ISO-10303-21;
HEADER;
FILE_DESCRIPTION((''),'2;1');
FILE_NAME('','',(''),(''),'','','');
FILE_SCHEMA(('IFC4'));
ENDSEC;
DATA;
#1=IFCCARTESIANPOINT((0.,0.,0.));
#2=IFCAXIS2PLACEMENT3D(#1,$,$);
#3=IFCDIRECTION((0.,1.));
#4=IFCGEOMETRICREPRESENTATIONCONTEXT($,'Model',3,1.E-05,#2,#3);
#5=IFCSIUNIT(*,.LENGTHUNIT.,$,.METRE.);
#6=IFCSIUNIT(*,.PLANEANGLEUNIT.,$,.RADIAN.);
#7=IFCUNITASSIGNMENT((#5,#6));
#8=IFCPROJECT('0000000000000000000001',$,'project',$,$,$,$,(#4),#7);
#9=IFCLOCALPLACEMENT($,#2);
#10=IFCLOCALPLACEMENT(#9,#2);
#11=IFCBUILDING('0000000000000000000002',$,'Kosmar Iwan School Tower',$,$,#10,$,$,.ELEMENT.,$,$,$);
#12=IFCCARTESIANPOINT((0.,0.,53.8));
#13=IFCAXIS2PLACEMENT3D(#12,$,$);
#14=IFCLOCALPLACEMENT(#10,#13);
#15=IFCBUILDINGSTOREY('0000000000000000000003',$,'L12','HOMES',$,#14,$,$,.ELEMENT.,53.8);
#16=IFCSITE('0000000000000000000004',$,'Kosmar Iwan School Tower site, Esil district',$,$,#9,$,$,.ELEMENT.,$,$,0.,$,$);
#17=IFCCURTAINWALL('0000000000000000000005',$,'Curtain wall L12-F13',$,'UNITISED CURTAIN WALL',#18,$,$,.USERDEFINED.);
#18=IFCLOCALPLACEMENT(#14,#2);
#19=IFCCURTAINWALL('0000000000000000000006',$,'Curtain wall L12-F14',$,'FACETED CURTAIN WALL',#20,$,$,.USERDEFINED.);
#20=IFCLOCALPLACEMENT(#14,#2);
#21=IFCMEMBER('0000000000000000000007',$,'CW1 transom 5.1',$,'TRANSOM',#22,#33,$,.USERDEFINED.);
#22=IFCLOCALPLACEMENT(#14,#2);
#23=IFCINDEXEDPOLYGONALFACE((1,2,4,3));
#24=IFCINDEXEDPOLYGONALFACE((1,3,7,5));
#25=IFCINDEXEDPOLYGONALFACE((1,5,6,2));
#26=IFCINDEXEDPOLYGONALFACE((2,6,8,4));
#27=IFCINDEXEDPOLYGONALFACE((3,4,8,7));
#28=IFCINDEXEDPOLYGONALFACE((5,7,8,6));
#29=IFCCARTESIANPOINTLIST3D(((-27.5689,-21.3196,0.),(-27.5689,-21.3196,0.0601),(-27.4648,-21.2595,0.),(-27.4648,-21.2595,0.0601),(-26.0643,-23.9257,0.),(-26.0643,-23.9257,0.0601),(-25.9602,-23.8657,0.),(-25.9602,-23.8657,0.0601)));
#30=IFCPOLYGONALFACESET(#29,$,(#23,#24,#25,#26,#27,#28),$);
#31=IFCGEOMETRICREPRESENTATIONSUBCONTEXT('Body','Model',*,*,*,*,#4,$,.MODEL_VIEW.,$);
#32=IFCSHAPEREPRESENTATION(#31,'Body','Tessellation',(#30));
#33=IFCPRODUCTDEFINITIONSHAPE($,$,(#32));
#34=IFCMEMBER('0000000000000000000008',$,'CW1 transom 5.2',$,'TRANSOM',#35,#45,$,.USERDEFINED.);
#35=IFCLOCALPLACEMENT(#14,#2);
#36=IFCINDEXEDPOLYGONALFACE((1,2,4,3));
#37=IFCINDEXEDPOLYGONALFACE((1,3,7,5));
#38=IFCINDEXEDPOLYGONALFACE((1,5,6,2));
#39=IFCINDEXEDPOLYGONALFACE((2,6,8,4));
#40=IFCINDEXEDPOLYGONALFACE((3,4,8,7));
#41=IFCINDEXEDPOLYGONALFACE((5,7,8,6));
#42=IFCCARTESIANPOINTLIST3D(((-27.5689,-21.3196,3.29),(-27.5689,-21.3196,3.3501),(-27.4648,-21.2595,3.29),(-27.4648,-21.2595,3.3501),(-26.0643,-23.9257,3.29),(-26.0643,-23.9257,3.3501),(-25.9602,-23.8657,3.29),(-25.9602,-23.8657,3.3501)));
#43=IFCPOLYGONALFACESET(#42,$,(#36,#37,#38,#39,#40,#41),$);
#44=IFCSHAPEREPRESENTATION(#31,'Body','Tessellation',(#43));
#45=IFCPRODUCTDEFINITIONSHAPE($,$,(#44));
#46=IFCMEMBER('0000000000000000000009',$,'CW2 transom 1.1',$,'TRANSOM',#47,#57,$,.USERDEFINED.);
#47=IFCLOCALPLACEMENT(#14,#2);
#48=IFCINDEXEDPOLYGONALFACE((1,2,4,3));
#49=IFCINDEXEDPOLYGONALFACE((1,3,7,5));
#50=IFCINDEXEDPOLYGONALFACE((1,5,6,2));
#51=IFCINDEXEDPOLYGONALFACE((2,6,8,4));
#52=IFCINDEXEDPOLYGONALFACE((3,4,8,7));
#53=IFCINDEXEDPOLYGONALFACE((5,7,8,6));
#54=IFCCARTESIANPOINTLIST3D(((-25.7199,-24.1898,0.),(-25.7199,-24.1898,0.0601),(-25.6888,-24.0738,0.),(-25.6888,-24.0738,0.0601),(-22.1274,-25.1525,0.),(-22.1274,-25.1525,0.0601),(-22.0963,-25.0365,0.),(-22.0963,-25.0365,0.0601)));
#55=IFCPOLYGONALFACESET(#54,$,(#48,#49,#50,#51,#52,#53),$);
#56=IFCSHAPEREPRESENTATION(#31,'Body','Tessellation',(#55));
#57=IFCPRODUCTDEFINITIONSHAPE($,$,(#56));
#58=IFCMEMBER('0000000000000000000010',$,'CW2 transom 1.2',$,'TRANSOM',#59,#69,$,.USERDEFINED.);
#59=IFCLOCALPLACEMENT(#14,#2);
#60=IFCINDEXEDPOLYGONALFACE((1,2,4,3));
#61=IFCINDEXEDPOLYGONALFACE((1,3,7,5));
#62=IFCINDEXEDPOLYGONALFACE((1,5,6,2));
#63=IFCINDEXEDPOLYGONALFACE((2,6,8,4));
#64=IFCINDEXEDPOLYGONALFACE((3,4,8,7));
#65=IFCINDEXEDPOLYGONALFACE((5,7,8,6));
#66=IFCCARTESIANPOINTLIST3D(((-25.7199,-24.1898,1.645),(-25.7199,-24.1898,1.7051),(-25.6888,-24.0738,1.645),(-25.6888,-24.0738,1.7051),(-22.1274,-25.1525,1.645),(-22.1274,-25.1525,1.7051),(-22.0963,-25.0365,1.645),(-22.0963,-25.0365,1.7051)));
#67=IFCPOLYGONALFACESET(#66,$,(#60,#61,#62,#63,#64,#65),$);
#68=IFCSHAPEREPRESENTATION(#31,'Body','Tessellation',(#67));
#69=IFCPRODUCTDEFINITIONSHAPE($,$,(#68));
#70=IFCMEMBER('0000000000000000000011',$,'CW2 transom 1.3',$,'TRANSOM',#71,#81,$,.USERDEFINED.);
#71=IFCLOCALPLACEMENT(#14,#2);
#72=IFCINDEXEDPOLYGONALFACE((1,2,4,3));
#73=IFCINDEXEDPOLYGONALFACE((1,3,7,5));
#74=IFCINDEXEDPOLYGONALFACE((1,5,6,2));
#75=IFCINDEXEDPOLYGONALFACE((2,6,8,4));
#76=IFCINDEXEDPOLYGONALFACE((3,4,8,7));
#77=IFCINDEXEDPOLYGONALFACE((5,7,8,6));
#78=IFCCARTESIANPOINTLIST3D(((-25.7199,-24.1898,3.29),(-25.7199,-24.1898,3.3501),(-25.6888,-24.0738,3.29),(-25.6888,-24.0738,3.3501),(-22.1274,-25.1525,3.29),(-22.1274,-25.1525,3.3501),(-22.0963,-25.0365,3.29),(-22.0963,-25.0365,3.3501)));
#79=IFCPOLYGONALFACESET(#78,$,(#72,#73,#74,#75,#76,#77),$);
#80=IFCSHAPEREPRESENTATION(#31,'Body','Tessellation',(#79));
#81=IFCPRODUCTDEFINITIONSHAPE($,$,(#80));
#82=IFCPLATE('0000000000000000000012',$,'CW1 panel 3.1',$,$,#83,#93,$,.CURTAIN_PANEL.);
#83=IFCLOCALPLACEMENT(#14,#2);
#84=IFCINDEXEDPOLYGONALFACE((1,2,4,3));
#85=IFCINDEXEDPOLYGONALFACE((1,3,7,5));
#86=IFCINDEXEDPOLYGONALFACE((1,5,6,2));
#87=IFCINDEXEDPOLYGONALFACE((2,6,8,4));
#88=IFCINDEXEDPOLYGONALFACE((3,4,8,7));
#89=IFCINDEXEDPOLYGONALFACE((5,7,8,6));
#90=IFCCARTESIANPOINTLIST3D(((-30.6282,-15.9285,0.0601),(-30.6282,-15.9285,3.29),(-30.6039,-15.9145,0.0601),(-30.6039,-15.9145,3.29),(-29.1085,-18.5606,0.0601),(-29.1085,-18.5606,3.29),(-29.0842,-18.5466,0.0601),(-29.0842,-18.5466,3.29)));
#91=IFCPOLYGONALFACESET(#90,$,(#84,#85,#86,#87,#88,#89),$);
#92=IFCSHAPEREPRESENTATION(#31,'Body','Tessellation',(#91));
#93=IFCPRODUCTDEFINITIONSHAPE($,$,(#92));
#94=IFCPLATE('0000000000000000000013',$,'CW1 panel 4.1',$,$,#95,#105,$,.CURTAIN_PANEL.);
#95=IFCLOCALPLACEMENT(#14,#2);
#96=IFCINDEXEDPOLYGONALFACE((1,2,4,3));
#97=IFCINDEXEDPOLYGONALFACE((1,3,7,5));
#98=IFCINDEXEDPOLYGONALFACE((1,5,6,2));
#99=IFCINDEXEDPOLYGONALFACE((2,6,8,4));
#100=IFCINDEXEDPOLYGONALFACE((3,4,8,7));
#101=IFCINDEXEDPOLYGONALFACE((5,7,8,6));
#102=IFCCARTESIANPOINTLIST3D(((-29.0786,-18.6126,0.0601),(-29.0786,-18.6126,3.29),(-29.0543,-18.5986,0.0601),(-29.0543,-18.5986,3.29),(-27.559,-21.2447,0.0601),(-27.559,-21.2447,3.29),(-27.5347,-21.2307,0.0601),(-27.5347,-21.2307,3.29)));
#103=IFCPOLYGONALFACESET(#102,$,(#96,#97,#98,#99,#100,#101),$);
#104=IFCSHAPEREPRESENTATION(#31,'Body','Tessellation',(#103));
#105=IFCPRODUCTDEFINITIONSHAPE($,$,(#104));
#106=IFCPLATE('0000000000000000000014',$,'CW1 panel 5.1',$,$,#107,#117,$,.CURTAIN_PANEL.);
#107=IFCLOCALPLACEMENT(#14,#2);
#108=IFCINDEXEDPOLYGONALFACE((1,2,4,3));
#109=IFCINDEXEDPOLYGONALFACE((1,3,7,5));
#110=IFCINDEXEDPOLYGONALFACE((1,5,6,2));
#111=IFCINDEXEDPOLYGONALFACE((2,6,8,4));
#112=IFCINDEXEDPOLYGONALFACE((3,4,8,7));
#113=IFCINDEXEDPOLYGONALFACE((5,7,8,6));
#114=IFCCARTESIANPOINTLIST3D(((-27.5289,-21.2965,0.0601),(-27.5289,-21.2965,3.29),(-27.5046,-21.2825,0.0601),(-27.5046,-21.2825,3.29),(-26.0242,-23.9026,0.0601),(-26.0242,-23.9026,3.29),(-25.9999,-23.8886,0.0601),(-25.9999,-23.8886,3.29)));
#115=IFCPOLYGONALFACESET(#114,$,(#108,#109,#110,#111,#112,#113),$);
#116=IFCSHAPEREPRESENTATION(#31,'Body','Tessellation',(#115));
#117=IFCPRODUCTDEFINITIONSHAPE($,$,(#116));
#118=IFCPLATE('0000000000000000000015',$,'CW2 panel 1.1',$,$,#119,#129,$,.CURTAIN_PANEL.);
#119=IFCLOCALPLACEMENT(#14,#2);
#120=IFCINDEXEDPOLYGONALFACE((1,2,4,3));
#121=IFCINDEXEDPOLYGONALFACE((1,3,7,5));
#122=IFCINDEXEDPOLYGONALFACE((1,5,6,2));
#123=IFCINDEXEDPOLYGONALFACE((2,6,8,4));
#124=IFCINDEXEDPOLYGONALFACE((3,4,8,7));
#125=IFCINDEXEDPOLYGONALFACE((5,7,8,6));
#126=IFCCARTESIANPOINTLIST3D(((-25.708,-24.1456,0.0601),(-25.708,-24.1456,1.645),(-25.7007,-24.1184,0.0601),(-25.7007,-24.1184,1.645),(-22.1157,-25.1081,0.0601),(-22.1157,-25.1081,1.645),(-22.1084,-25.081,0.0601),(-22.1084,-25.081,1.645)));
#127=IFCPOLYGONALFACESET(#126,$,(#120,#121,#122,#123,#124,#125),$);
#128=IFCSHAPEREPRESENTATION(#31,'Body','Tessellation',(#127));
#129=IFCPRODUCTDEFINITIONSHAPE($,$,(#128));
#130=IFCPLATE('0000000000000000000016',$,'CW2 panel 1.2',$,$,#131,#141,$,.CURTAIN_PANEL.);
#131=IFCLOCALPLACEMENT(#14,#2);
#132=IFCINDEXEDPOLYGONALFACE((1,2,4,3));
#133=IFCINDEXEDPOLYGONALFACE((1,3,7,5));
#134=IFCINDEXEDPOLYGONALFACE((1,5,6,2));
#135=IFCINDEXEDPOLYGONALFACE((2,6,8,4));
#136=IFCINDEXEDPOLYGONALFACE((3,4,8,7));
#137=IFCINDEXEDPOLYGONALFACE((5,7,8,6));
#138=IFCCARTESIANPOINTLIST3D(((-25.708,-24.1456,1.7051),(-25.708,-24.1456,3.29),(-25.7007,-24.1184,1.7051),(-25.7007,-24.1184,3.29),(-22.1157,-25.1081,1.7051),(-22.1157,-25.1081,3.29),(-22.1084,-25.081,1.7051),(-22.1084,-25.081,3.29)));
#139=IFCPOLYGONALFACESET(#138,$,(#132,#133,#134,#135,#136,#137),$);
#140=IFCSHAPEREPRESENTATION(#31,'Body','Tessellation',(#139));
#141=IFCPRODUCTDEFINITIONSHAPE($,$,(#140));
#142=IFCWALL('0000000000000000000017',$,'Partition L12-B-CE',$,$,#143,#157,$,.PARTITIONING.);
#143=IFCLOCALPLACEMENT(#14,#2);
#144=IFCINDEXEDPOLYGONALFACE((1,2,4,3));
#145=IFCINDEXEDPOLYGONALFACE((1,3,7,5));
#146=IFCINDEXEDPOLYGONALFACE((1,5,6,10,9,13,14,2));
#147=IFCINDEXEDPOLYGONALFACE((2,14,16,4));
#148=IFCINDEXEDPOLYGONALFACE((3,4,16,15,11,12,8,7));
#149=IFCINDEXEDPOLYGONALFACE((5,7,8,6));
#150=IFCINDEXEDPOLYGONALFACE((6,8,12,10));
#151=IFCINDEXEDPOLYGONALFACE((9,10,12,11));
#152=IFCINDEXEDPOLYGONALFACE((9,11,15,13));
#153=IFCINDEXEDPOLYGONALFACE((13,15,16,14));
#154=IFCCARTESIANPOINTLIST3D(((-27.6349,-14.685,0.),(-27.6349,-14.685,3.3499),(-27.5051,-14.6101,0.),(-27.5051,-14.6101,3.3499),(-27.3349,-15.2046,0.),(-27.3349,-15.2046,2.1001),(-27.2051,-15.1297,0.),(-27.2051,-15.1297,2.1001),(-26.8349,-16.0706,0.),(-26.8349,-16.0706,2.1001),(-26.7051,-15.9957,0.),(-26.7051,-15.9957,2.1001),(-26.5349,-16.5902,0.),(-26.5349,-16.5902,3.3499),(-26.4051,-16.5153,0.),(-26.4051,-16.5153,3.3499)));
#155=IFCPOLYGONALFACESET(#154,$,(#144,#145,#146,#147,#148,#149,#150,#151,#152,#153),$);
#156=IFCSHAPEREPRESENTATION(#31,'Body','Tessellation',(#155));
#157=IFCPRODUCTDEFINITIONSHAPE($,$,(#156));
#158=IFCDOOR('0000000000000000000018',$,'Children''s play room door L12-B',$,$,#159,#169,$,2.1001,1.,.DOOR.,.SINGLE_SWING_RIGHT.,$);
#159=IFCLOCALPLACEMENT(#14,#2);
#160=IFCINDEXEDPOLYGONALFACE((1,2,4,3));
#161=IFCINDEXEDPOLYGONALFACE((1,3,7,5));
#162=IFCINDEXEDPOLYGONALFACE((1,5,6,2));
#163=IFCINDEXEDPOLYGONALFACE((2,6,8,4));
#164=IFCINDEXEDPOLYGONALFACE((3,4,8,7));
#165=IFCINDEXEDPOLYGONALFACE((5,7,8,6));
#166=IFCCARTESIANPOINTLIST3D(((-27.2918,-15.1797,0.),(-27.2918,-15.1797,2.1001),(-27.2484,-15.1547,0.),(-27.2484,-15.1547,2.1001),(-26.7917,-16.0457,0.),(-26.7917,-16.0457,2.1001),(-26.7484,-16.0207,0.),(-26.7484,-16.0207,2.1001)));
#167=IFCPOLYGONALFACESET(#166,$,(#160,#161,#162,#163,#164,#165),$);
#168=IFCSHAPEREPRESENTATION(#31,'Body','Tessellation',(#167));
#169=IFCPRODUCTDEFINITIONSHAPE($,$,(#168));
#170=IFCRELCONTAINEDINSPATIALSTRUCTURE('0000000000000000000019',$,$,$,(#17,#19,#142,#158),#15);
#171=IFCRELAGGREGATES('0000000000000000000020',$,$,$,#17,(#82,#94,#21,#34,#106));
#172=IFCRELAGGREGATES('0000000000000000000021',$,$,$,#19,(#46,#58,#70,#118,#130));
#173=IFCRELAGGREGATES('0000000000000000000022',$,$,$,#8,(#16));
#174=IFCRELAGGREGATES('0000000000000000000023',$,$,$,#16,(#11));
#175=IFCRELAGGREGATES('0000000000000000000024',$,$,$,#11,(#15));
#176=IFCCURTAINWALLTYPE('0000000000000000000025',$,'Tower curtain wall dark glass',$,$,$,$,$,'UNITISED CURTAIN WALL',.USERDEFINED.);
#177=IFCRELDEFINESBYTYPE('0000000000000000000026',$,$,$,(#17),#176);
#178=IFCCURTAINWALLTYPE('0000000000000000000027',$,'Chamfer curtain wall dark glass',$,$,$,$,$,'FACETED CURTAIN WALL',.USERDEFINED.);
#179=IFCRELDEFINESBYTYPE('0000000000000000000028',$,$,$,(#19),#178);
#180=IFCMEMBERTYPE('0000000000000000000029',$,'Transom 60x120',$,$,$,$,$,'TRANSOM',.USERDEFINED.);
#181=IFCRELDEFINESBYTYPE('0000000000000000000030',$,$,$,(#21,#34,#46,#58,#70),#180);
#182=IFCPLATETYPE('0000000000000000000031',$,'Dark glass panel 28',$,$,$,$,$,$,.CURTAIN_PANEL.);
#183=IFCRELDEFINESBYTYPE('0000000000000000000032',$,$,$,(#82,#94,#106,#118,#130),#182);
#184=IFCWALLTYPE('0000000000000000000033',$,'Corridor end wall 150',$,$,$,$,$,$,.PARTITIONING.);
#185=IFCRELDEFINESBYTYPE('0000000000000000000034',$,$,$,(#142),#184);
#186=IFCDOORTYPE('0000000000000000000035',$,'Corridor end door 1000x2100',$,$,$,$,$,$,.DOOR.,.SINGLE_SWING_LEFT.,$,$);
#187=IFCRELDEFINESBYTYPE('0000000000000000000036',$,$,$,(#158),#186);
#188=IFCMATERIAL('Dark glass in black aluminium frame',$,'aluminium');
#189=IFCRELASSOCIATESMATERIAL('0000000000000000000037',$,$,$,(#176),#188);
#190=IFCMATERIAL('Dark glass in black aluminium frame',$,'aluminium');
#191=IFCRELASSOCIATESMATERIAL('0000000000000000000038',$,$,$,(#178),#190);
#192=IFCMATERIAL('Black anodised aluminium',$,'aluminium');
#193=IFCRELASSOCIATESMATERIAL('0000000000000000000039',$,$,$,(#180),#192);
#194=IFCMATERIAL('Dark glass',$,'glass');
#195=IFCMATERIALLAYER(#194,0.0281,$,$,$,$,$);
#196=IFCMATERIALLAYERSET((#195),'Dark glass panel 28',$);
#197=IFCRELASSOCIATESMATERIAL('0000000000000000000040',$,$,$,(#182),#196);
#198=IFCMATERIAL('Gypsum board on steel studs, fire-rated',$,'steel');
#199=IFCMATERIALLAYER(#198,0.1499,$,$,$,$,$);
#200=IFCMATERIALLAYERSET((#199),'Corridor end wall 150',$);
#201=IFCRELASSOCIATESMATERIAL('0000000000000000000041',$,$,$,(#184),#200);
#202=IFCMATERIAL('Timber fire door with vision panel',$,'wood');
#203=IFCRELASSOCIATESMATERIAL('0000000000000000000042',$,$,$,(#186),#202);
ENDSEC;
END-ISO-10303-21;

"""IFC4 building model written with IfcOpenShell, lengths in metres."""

from ifc_helpers import new_model, si_unit, direction, frame, frame_2d, origin, origin_2d, place, context, subcontext, project, spatial, rectangle, extrude, material, layer, layer_set, material_profile, profile_set, type_object, element, fill, aggregate, save


model = new_model("IFC4")

# Units and contexts
model_context = context("Model", 3, precision=1e-05, world=origin(), true_north=direction((0.0, 1.0)))
body_context = subcontext(model_context, "Body", "Model", "MODEL_VIEW")
ifc_project = project(units=[si_unit("LENGTHUNIT", "METRE"), si_unit("PLANEANGLEUNIT", "RADIAN")], contexts=[model_context])

# Site, building, storey
site_placement = place(None, origin())
site = spatial("IfcSite", under=ifc_project, at=site_placement, Name="Kosmar Iwan School Tower site, Esil district", CompositionType="ELEMENT", RefElevation=0.0)
building_placement = place(site_placement, origin())
building = spatial("IfcBuilding", under=site, at=building_placement, Name="Kosmar Iwan School Tower", CompositionType="ELEMENT")
storey_placement = place(building_placement, frame((0.0, 0.0, 53.8)))
storey = spatial("IfcBuildingStorey", under=building, at=storey_placement, Name="L12", Description="HOMES", CompositionType="ELEMENT", Elevation=53.8)

# Curtain wall
ifc_material_1 = material(Name="Dark glass in black aluminium frame", Category="aluminium")
curtain_wall_type_1 = type_object("IfcCurtainWallType", Name="Tower curtain wall dark glass", ElementType="UNITISED CURTAIN WALL", PredefinedType="USERDEFINED", material=ifc_material_1)
curtain_wall_1_placement = place(storey_placement, origin())
curtain_wall_1 = element("IfcCurtainWall", 1, at=curtain_wall_1_placement, inside=storey, type_object=curtain_wall_type_1, Name="Curtain wall L12-F13", ObjectType="UNITISED CURTAIN WALL", PredefinedType="USERDEFINED")

# Curtain wall
ifc_material_2 = material(Name="Dark glass in black aluminium frame", Category="aluminium")
curtain_wall_type_2 = type_object("IfcCurtainWallType", Name="Chamfer curtain wall dark glass", ElementType="FACETED CURTAIN WALL", PredefinedType="USERDEFINED", material=ifc_material_2)
curtain_wall_2_placement = place(storey_placement, origin())
curtain_wall_2 = element("IfcCurtainWall", 2, at=curtain_wall_2_placement, inside=storey, type_object=curtain_wall_type_2, Name="Curtain wall L12-F14", ObjectType="FACETED CURTAIN WALL", PredefinedType="USERDEFINED")

# Members
ifc_material_3 = material(Name="Black anodised aluminium", Category="aluminium")
ifc_material_profile_1 = material_profile(ifc_material_3, rectangle(XDim=0.1201, YDim=0.0601, at=origin_2d()), Name="TRANSOM 60x120")
ifc_profile_set_1 = profile_set([ifc_material_profile_1], Name="Black anodised aluminium")
member_type_1 = type_object("IfcMemberType", Name="Transom 60x120", ElementType="TRANSOM", PredefinedType="USERDEFINED", material=ifc_profile_set_1)
member_1_placement = place(storey_placement, frame((-27.5168, -21.2896, 0.03), z_axis=(0.499987, -0.866033, 0.0), x_axis=(0.866033, 0.499987, 0.0)))
member_1 = element("IfcMember", 3, at=member_1_placement, type_object=member_type_1, Name="CW1 transom 5.1", ObjectType="TRANSOM", PredefinedType="USERDEFINED", context=body_context, shape_type="SweptSolid", body=[
    extrude(rectangle(XDim=0.1201, YDim=0.0601, at=origin_2d()), origin(), (0.0, 0.0, 1.0), 3.0093),
])
member_2_placement = place(storey_placement, frame((-27.5168, -21.2896, 3.3201), z_axis=(0.499987, -0.866033, 0.0), x_axis=(0.866033, 0.499987, 0.0)))
member_2 = element("IfcMember", 4, at=member_2_placement, type_object=member_type_1, Name="CW1 transom 5.2", ObjectType="TRANSOM", PredefinedType="USERDEFINED", context=body_context, shape_type="SweptSolid", body=[
    extrude(rectangle(XDim=0.1201, YDim=0.0601, at=origin_2d()), origin(), (0.0, 0.0, 1.0), 3.0093),
])
member_3_placement = place(storey_placement, frame((-25.7043, -24.1318, 0.03), z_axis=(0.965924, -0.258827, 0.0), x_axis=(0.258827, 0.965924, 0.0)))
member_3 = element("IfcMember", 5, at=member_3_placement, type_object=member_type_1, Name="CW2 transom 1.1", ObjectType="TRANSOM", PredefinedType="USERDEFINED", context=body_context, shape_type="SweptSolid", body=[
    extrude(rectangle(XDim=0.1201, YDim=0.0601, at=origin_2d()), origin(), (0.0, 0.0, 1.0), 3.7192),
])
member_4_placement = place(storey_placement, frame((-25.7043, -24.1318, 1.675), z_axis=(0.965924, -0.258827, 0.0), x_axis=(0.258827, 0.965924, 0.0)))
member_4 = element("IfcMember", 6, at=member_4_placement, type_object=member_type_1, Name="CW2 transom 1.2", ObjectType="TRANSOM", PredefinedType="USERDEFINED", context=body_context, shape_type="SweptSolid", body=[
    extrude(rectangle(XDim=0.1201, YDim=0.0601, at=origin_2d()), origin(), (0.0, 0.0, 1.0), 3.7192),
])
member_5_placement = place(storey_placement, frame((-25.7043, -24.1318, 3.3201), z_axis=(0.965924, -0.258827, 0.0), x_axis=(0.258827, 0.965924, 0.0)))
member_5 = element("IfcMember", 7, at=member_5_placement, type_object=member_type_1, Name="CW2 transom 1.3", ObjectType="TRANSOM", PredefinedType="USERDEFINED", context=body_context, shape_type="SweptSolid", body=[
    extrude(rectangle(XDim=0.1201, YDim=0.0601, at=origin_2d()), origin(), (0.0, 0.0, 1.0), 3.7192),
])

# Plates
ifc_material_4 = material(Name="Dark glass", Category="glass")
ifc_layer_1 = layer(ifc_material_4, 0.0281)
ifc_layer_set_1 = layer_set([ifc_layer_1], Name="Dark glass panel 28")
plate_type = type_object("IfcPlateType", Name="Dark glass panel 28", PredefinedType="CURTAIN_PANEL", material=ifc_layer_set_1)
plate_1_placement = place(storey_placement, frame((-29.8562, -17.2375, 0.0601), z_axis=(0.0, 0.0, 1.0), x_axis=(0.5, -0.866025, 0.0)))
plate_1 = element("IfcPlate", 8, at=plate_1_placement, type_object=plate_type, Name="CW1 panel 3.1", PredefinedType="CURTAIN_PANEL", context=body_context, shape_type="SweptSolid", body=[
    extrude(rectangle(XDim=3.0393, YDim=0.0281, at=origin_2d()), origin(), (0.0, 0.0, 1.0), 3.23),
])
plate_2_placement = place(storey_placement, frame((-28.3066, -19.9216, 0.0601), z_axis=(0.0, 0.0, 1.0), x_axis=(0.5, -0.866025, 0.0)))
plate_2 = element("IfcPlate", 9, at=plate_2_placement, type_object=plate_type, Name="CW1 panel 4.1", PredefinedType="CURTAIN_PANEL", context=body_context, shape_type="SweptSolid", body=[
    extrude(rectangle(XDim=3.0393, YDim=0.0281, at=origin_2d()), origin(), (0.0, 0.0, 1.0), 3.23),
])
plate_3_placement = place(storey_placement, frame((-26.7644, -22.5925, 0.0601), z_axis=(0.0, 0.0, 1.0), x_axis=(0.5, -0.866025, 0.0)))
plate_3 = element("IfcPlate", 10, at=plate_3_placement, type_object=plate_type, Name="CW1 panel 5.1", PredefinedType="CURTAIN_PANEL", context=body_context, shape_type="SweptSolid", body=[
    extrude(rectangle(XDim=3.0093, YDim=0.0281, at=origin_2d()), origin(), (0.0, 0.0, 1.0), 3.23),
])
aggregate(curtain_wall_1, [plate_1, plate_2, member_1, member_2, plate_3])
plate_4_placement = place(storey_placement, frame((-23.9082, -24.6133, 0.0601), z_axis=(0.0, 0.0, 1.0), x_axis=(0.965926, -0.258819, 0.0)))
plate_4 = element("IfcPlate", 11, at=plate_4_placement, type_object=plate_type, Name="CW2 panel 1.1", PredefinedType="CURTAIN_PANEL", context=body_context, shape_type="SweptSolid", body=[
    extrude(rectangle(XDim=3.719, YDim=0.0281, at=origin_2d()), origin(), (0.0, 0.0, 1.0), 1.585),
])
plate_5_placement = place(storey_placement, frame((-23.9082, -24.6133, 1.7051), z_axis=(0.0, 0.0, 1.0), x_axis=(0.965926, -0.258819, 0.0)))
plate_5 = element("IfcPlate", 12, at=plate_5_placement, type_object=plate_type, Name="CW2 panel 1.2", PredefinedType="CURTAIN_PANEL", context=body_context, shape_type="SweptSolid", body=[
    extrude(rectangle(XDim=3.719, YDim=0.0281, at=origin_2d()), origin(), (0.0, 0.0, 1.0), 1.585),
])
aggregate(curtain_wall_2, [member_3, member_4, member_5, plate_4, plate_5])

# Wall, opening, door
ifc_material_5 = material(Name="Gypsum board on steel studs, fire-rated", Category="steel")
ifc_layer_2 = layer(ifc_material_5, 0.1499)
ifc_layer_set_2 = layer_set([ifc_layer_2], Name="Corridor end wall 150")
wall_type_1 = type_object("IfcWallType", Name="Corridor end wall 150", PredefinedType="PARTITIONING", material=ifc_layer_set_2)
wall_1_placement = place(storey_placement, frame((-27.5701, -14.6475, 0.0), z_axis=(0.0, 0.0, 1.0), x_axis=(0.50003, -0.866008, 0.0)))
wall_1 = element("IfcWall", 13, at=wall_1_placement, inside=storey, type_object=wall_type_1, Name="Partition L12-B-CE", PredefinedType="PARTITIONING", context=body_context, shape_type="SweptSolid", body=[
    extrude(rectangle(XDim=2.2, YDim=0.1499, at=frame_2d((1.1001, 0.0))), origin(), (0.0, 0.0, 1.0), 3.3499),
])
opening_1_placement = place(wall_1_placement, frame((0.6001, 0.0, 0.0)))
opening_1 = element("IfcOpeningElement", 14, at=opening_1_placement, cuts=wall_1, PredefinedType="OPENING", context=body_context, shape_type="SweptSolid", body=[
    extrude(rectangle(XDim=1.0, YDim=2.1001, at=frame_2d((0.5, 1.05))), frame((0.0, 0.0869, 0.0), z_axis=(0.0, -1.0, 0.0), x_axis=(1.0, 0.0, 0.0)), (0.0, 0.0, 1.0), 0.1738),
])
ifc_material_6 = material(Name="Timber fire door with vision panel", Category="wood")
door_type_1 = type_object("IfcDoorType", Name="Corridor end door 1000x2100", OperationType="SINGLE_SWING_LEFT", PredefinedType="DOOR", material=ifc_material_6)
door_1_placement = place(opening_1_placement, origin())
door_1 = element("IfcDoor", 15, at=door_1_placement, inside=storey, type_object=door_type_1, Name="Children's play room door L12-B", OperationType="SINGLE_SWING_RIGHT", OverallHeight=2.1001, OverallWidth=1.0, PredefinedType="DOOR", context=body_context, shape_type="SweptSolid", body=[
    extrude(rectangle(XDim=1.0, YDim=2.1001, at=frame_2d((0.5, 1.05))), frame((0.0, 0.0249, 0.0), z_axis=(0.0, -1.0, 0.0), x_axis=(1.0, 0.0, 0.0)), (0.0, 0.0, 1.0), 0.05),
])
fill(opening_1, door_1)

save(model, "model.ifc")
